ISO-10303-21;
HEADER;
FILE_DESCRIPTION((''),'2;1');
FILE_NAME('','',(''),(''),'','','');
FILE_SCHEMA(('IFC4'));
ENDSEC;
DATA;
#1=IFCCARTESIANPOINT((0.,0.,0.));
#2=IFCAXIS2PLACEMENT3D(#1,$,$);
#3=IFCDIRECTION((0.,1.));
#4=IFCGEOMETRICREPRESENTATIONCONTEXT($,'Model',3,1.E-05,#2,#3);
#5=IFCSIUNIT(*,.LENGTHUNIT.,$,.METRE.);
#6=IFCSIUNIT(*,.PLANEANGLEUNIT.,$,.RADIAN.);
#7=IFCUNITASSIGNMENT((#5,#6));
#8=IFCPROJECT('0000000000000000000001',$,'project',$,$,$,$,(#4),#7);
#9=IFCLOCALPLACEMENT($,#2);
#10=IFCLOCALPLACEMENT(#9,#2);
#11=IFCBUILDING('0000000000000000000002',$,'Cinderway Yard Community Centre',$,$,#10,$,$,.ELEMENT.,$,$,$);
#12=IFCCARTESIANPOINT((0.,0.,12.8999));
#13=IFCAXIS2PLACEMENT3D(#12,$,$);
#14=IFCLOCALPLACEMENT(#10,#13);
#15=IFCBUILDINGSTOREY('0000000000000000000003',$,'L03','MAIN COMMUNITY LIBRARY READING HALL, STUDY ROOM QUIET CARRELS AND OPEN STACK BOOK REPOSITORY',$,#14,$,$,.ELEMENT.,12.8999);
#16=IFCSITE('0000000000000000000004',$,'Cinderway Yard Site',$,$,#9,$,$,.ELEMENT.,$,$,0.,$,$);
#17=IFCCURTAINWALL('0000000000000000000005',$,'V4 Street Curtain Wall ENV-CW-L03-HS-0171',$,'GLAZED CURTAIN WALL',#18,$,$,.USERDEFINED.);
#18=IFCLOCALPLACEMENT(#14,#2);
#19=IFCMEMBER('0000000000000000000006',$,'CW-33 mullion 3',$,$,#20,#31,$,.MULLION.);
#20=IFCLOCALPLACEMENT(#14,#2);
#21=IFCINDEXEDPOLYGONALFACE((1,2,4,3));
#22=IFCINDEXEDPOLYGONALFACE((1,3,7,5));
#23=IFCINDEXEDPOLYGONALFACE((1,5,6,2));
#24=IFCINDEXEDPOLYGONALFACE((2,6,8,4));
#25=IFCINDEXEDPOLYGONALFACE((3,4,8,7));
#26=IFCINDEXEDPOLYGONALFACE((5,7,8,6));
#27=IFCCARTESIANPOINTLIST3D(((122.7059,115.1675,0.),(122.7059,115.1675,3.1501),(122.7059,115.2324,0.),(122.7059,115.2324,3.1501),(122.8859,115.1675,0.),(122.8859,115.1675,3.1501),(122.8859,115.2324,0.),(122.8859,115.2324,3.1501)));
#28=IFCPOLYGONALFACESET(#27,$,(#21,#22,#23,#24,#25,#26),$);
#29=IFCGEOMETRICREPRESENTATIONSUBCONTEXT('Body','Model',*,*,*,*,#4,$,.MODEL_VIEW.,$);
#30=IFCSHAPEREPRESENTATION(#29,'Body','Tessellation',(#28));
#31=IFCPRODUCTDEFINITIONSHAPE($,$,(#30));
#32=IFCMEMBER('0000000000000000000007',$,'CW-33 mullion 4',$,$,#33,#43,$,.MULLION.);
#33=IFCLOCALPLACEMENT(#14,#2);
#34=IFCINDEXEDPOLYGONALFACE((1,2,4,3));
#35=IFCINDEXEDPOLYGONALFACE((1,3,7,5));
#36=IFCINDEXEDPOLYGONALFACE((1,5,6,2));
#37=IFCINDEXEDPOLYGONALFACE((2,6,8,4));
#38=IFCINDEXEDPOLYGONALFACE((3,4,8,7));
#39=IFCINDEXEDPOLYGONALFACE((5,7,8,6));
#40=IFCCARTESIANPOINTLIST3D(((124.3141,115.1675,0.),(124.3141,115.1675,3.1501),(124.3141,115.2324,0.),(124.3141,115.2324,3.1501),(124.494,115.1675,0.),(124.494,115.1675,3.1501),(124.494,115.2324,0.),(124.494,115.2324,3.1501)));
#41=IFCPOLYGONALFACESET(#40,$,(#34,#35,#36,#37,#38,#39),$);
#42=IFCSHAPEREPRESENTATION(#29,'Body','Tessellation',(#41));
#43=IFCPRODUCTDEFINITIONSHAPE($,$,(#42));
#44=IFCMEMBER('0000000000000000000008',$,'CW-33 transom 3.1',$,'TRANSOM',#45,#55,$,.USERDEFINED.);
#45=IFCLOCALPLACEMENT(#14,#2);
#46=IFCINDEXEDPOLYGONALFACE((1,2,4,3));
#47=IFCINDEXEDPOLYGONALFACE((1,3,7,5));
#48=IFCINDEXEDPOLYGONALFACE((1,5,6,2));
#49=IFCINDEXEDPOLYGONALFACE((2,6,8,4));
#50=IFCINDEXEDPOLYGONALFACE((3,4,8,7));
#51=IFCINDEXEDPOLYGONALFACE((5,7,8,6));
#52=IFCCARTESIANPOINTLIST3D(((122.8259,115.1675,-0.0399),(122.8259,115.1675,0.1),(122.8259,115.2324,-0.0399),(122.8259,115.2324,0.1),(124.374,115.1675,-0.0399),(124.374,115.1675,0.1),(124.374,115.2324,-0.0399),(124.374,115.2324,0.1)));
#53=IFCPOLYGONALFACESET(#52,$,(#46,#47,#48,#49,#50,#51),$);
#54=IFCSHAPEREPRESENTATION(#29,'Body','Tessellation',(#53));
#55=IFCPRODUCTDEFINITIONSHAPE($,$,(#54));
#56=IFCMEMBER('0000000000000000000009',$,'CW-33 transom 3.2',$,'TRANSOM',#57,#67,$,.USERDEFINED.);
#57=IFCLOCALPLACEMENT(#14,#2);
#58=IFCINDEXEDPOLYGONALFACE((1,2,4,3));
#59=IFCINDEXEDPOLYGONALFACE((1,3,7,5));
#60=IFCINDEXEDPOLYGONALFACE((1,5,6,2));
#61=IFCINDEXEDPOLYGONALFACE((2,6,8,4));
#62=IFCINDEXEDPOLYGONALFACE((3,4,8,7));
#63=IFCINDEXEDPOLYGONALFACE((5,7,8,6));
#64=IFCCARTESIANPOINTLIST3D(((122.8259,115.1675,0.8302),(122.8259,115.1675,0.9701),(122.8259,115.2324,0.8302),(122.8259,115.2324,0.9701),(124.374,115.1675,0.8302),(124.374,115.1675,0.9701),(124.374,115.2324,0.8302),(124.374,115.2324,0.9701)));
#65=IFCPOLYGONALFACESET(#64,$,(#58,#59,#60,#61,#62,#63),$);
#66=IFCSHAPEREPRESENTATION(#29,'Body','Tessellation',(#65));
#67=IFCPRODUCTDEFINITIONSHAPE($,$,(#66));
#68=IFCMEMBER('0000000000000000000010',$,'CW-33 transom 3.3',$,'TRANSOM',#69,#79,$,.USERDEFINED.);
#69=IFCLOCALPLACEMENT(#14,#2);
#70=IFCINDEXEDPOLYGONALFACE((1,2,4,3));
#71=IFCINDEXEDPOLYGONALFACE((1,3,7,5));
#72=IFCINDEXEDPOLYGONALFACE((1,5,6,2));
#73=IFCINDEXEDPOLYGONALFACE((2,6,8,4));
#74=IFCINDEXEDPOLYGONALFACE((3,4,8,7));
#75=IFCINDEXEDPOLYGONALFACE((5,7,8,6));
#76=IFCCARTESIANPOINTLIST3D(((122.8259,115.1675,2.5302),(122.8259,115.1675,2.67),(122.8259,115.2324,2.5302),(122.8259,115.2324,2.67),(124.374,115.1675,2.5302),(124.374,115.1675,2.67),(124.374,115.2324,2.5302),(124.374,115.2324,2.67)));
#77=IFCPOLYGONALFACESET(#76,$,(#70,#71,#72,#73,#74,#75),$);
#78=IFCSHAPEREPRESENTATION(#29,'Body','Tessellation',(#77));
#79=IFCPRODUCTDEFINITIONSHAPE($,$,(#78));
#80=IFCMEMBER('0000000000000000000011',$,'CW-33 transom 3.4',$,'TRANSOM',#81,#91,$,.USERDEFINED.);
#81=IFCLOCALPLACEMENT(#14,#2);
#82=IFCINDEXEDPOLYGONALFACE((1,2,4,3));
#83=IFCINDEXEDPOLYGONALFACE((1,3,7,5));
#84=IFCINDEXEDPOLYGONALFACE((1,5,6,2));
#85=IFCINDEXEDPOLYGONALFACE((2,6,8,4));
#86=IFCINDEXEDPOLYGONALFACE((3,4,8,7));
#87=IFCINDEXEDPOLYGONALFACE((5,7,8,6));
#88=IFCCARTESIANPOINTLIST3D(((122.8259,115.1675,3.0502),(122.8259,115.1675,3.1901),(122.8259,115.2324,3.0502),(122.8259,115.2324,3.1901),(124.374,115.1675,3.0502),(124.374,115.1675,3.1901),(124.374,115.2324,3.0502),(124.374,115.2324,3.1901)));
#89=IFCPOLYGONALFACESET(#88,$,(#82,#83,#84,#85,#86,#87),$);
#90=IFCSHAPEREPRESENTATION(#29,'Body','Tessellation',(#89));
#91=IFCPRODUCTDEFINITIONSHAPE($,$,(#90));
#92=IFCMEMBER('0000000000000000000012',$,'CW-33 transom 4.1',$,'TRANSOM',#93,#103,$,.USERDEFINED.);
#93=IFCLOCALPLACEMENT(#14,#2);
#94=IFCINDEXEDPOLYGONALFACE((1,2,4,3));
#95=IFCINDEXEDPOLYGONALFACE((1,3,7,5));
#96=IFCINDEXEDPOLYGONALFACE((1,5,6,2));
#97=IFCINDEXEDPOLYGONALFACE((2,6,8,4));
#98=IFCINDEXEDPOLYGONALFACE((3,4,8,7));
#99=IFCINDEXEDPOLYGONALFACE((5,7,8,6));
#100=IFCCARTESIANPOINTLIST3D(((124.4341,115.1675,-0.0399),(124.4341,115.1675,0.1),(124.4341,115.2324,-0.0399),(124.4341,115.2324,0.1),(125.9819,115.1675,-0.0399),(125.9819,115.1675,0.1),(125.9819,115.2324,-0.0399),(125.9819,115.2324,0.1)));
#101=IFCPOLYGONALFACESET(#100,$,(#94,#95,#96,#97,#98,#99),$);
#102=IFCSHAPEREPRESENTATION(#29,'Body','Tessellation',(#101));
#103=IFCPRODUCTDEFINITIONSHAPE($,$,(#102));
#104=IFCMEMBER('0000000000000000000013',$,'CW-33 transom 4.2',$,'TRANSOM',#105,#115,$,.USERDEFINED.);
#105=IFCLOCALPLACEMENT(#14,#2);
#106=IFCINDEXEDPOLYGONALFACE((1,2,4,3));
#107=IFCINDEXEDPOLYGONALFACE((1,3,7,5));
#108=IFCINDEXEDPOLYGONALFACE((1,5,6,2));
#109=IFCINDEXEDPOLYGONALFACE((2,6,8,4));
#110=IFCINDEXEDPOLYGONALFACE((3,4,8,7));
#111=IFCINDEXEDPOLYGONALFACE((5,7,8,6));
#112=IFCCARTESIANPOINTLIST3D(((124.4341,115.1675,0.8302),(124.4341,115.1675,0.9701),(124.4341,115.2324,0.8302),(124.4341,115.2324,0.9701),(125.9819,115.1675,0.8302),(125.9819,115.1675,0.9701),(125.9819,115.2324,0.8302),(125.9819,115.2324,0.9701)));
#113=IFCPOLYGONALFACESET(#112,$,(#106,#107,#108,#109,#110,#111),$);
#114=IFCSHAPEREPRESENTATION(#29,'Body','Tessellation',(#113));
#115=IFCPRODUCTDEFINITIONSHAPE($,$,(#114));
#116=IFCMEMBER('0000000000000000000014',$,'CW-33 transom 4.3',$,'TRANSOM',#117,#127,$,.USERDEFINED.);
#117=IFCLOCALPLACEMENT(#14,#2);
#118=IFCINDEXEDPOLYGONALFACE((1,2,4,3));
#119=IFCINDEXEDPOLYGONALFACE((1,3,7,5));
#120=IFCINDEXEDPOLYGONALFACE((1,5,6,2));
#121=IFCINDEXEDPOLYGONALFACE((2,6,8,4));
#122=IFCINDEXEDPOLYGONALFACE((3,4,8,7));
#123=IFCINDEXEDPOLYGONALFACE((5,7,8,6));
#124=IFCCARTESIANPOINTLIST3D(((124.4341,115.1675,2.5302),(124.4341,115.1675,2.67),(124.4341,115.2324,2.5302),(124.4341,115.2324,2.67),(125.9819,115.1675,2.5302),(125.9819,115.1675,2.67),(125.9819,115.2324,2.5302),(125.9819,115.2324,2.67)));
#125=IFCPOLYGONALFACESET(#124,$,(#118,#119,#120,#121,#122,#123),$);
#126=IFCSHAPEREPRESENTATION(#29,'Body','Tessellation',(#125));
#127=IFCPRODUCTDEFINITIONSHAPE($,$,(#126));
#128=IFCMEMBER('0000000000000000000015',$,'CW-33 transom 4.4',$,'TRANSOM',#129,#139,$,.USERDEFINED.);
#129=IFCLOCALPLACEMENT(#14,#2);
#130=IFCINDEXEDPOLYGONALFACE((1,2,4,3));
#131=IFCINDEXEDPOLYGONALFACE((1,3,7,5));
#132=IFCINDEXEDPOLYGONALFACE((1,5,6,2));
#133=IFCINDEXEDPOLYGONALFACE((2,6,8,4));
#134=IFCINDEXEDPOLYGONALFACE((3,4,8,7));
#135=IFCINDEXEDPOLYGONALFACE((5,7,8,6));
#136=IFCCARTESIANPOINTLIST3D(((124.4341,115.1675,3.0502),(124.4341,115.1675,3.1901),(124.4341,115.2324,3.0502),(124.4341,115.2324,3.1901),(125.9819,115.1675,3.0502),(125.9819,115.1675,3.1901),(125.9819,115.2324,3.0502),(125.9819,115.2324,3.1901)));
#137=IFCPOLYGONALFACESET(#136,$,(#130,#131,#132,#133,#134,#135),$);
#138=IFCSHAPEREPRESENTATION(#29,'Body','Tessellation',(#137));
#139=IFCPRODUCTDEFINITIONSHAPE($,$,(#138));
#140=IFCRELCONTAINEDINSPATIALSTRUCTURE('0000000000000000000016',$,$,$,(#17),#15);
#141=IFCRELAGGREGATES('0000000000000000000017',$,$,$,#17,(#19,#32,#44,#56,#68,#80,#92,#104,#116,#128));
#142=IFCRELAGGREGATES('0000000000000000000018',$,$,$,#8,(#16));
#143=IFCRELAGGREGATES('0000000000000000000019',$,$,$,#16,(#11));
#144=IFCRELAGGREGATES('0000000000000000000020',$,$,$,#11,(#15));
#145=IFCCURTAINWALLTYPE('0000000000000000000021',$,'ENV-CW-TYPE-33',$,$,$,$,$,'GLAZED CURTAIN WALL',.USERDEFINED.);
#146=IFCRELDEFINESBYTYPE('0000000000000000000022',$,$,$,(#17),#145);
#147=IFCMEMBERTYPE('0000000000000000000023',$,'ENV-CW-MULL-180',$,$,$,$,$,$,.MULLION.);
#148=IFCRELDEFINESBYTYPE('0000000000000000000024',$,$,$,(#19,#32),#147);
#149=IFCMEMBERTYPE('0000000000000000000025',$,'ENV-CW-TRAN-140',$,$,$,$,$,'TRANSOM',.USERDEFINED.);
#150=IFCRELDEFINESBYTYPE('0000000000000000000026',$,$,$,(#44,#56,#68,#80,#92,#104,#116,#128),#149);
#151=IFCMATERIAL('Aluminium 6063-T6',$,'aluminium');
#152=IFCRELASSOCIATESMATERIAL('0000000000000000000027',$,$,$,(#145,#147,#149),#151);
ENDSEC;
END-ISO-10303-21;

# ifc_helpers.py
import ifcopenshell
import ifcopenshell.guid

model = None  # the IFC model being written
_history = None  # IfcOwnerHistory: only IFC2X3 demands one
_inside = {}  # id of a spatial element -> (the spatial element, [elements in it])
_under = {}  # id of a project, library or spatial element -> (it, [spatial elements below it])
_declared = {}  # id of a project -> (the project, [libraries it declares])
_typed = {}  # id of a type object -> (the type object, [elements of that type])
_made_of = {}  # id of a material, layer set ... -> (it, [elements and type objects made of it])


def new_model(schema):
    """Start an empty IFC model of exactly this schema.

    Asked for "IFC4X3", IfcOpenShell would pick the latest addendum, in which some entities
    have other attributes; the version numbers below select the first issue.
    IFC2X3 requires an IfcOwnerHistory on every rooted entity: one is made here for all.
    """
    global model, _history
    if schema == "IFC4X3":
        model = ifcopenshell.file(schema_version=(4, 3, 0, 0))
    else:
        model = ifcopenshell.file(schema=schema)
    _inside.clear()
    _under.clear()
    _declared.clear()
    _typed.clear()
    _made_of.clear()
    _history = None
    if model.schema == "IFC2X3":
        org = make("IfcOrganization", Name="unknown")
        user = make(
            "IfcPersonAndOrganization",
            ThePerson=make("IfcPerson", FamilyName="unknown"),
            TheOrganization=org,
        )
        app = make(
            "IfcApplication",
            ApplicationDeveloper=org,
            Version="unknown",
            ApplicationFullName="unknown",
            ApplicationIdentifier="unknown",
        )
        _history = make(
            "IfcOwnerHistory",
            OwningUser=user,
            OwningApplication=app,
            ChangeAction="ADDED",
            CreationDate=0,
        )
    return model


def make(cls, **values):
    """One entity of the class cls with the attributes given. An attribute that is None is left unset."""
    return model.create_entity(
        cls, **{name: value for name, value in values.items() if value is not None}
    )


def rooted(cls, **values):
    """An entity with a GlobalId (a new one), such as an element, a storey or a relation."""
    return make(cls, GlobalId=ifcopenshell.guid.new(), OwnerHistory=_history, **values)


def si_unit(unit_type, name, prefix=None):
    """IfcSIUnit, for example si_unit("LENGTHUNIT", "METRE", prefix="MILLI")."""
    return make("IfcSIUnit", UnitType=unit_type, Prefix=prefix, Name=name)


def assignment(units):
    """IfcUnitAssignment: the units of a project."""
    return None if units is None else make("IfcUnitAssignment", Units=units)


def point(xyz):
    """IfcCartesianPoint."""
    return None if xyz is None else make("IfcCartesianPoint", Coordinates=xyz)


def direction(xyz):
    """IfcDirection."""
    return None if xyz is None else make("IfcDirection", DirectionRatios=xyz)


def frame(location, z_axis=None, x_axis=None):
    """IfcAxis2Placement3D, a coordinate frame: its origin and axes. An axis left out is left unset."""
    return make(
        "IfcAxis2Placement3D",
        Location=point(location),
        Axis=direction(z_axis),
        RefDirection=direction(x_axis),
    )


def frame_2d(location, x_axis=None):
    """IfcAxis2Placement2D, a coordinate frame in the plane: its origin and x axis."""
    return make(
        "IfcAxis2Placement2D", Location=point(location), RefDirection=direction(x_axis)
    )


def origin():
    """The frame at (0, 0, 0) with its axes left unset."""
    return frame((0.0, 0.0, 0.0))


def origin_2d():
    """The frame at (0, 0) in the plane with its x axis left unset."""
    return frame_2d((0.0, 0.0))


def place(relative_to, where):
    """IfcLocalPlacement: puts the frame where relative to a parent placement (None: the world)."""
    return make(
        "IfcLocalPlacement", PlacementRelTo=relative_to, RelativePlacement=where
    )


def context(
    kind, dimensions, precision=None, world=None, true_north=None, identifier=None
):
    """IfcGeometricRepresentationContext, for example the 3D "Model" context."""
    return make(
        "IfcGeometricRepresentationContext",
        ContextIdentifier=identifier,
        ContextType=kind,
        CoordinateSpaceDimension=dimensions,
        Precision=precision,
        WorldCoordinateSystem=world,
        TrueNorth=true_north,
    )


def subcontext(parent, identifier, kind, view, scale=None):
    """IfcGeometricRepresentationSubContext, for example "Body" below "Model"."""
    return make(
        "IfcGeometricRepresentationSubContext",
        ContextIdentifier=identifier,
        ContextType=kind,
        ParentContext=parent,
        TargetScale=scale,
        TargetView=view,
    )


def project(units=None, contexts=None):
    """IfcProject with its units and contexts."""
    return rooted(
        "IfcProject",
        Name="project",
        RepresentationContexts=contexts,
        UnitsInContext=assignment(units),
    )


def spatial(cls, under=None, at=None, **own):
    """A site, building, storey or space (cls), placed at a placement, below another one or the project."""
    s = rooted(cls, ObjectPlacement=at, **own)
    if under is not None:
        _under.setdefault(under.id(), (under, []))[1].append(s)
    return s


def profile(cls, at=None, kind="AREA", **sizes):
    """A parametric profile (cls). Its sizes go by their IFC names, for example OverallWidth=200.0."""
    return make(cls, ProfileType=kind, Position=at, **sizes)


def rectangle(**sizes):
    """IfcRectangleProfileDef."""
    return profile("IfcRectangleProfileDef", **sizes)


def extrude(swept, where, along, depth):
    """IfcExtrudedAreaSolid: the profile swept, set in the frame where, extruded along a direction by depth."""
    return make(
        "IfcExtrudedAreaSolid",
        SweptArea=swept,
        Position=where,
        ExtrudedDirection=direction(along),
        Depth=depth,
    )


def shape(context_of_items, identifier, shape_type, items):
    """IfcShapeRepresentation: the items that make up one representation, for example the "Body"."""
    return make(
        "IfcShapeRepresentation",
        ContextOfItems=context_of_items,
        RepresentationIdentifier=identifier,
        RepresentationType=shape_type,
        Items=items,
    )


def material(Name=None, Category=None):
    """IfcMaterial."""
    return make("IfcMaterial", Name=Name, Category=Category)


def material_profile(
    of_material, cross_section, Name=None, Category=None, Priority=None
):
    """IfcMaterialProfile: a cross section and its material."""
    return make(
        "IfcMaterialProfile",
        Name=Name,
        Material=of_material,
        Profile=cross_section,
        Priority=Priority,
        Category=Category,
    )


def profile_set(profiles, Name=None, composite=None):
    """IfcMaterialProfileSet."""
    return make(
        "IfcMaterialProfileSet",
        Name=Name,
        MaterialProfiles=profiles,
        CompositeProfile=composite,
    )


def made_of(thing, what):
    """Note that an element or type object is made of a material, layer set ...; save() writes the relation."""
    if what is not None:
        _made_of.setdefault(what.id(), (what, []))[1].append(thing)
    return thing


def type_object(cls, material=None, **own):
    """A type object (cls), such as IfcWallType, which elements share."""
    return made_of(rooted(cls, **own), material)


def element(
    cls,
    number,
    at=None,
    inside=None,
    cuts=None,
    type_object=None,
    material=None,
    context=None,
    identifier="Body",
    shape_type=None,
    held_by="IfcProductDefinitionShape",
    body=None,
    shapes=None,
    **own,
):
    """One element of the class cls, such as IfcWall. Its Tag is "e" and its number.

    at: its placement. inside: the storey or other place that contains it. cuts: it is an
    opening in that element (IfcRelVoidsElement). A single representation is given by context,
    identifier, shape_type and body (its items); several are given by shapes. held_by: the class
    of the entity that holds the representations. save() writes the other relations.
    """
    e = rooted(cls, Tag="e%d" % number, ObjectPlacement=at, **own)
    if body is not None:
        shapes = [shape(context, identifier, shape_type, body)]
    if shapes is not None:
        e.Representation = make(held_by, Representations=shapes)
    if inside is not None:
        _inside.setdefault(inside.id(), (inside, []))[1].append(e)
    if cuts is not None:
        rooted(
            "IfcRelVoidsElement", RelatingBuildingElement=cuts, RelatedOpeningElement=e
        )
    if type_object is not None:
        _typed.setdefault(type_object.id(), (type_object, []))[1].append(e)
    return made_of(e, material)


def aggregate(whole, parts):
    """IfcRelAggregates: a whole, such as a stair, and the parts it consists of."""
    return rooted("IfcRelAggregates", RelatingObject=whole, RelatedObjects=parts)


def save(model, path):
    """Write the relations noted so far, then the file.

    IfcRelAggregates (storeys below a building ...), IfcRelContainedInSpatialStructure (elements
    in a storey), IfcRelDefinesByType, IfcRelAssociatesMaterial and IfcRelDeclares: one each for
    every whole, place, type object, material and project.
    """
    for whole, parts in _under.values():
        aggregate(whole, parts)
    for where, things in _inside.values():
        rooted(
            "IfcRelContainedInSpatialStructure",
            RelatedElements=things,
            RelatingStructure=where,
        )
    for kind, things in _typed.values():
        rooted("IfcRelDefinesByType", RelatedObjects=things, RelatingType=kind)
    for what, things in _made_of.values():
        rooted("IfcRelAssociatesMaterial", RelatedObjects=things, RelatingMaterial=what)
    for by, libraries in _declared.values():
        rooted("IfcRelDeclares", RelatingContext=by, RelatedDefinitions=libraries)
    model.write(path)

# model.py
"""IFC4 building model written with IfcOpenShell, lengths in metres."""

from ifc_helpers import new_model, si_unit, direction, frame, origin, origin_2d, place, context, subcontext, project, spatial, rectangle, extrude, material, material_profile, profile_set, type_object, element, aggregate, save


model = new_model("IFC4")

# Units and contexts
model_context = context("Model", 3, precision=1e-05, world=origin(), true_north=direction((0.0, 1.0)))
body_context = subcontext(model_context, "Body", "Model", "MODEL_VIEW")
ifc_project = project(units=[si_unit("LENGTHUNIT", "METRE"), si_unit("PLANEANGLEUNIT", "RADIAN")], contexts=[model_context])

# Site, building, storey
site_placement = place(None, origin())
site = spatial("IfcSite", under=ifc_project, at=site_placement, Name="Cinderway Yard Site", CompositionType="ELEMENT", RefElevation=0.0)
building_placement = place(site_placement, origin())
building = spatial("IfcBuilding", under=site, at=building_placement, Name="Cinderway Yard Community Centre", CompositionType="ELEMENT")
storey_placement = place(building_placement, frame((0.0, 0.0, 12.8999)))
storey = spatial("IfcBuildingStorey", under=building, at=storey_placement, Name="L03", Description="MAIN COMMUNITY LIBRARY READING HALL, STUDY ROOM QUIET CARRELS AND OPEN STACK BOOK REPOSITORY", CompositionType="ELEMENT", Elevation=12.8999)

# Curtain wall, members
ifc_material_1 = material(Name="Aluminium 6063-T6", Category="aluminium")
curtain_wall_type = type_object("IfcCurtainWallType", Name="ENV-CW-TYPE-33", ElementType="GLAZED CURTAIN WALL", PredefinedType="USERDEFINED", material=ifc_material_1)
curtain_wall_placement = place(storey_placement, origin())
curtain_wall = element("IfcCurtainWall", 1, at=curtain_wall_placement, inside=storey, type_object=curtain_wall_type, Name="V4 Street Curtain Wall ENV-CW-L03-HS-0171", ObjectType="GLAZED CURTAIN WALL", PredefinedType="USERDEFINED")
ifc_material_profile_1 = material_profile(ifc_material_1, rectangle(XDim=0.0649, YDim=0.1799, at=origin_2d()), Name="Aluminium 6063-T6")
ifc_profile_set_1 = profile_set([ifc_material_profile_1], Name="Aluminium 6063-T6")
member_type_1 = type_object("IfcMemberType", Name="ENV-CW-MULL-180", PredefinedType="MULLION", material=ifc_profile_set_1)
member_1_placement = place(storey_placement, frame((122.7959, 115.2, 0.0), z_axis=(0.0, 0.0, 1.0), x_axis=(0.0, 1.0, 0.0)))
member_1 = element("IfcMember", 2, at=member_1_placement, type_object=member_type_1, Name="CW-33 mullion 3", PredefinedType="MULLION", context=body_context, shape_type="SweptSolid", body=[
    extrude(rectangle(XDim=0.0649, YDim=0.1799, at=origin_2d()), origin(), (0.0, 0.0, 1.0), 3.1501),
])
member_2_placement = place(storey_placement, frame((124.4041, 115.2, 0.0), z_axis=(0.0, 0.0, 1.0), x_axis=(0.0, 1.0, 0.0)))
member_2 = element("IfcMember", 3, at=member_2_placement, type_object=member_type_1, Name="CW-33 mullion 4", PredefinedType="MULLION", context=body_context, shape_type="SweptSolid", body=[
    extrude(rectangle(XDim=0.0649, YDim=0.1799, at=origin_2d()), origin(), (0.0, 0.0, 1.0), 3.1501),
])
ifc_material_profile_2 = material_profile(ifc_material_1, rectangle(XDim=0.0649, YDim=0.1399, at=origin_2d()), Name="Aluminium 6063-T6")
ifc_profile_set_2 = profile_set([ifc_material_profile_2], Name="Aluminium 6063-T6")
member_type_2 = type_object("IfcMemberType", Name="ENV-CW-TRAN-140", ElementType="TRANSOM", PredefinedType="USERDEFINED", material=ifc_profile_set_2)
member_3_placement = place(storey_placement, frame((122.8259, 115.2, 0.03), z_axis=(1.0, 0.0, 0.0), x_axis=(0.0, 1.0, 0.0)))
member_3 = element("IfcMember", 4, at=member_3_placement, type_object=member_type_2, Name="CW-33 transom 3.1", ObjectType="TRANSOM", PredefinedType="USERDEFINED", context=body_context, shape_type="SweptSolid", body=[
    extrude(rectangle(XDim=0.0649, YDim=0.1399, at=origin_2d()), origin(), (0.0, 0.0, 1.0), 1.5481),
])
member_4_placement = place(storey_placement, frame((122.8259, 115.2, 0.9001), z_axis=(1.0, 0.0, 0.0), x_axis=(0.0, 1.0, 0.0)))
member_4 = element("IfcMember", 5, at=member_4_placement, type_object=member_type_2, Name="CW-33 transom 3.2", ObjectType="TRANSOM", PredefinedType="USERDEFINED", context=body_context, shape_type="SweptSolid", body=[
    extrude(rectangle(XDim=0.0649, YDim=0.1399, at=origin_2d()), origin(), (0.0, 0.0, 1.0), 1.5481),
])
member_5_placement = place(storey_placement, frame((122.8259, 115.2, 2.6001), z_axis=(1.0, 0.0, 0.0), x_axis=(0.0, 1.0, 0.0)))
member_5 = element("IfcMember", 6, at=member_5_placement, type_object=member_type_2, Name="CW-33 transom 3.3", ObjectType="TRANSOM", PredefinedType="USERDEFINED", context=body_context, shape_type="SweptSolid", body=[
    extrude(rectangle(XDim=0.0649, YDim=0.1399, at=origin_2d()), origin(), (0.0, 0.0, 1.0), 1.5481),
])
member_6_placement = place(storey_placement, frame((122.8259, 115.2, 3.1201), z_axis=(1.0, 0.0, 0.0), x_axis=(0.0, 1.0, 0.0)))
member_6 = element("IfcMember", 7, at=member_6_placement, type_object=member_type_2, Name="CW-33 transom 3.4", ObjectType="TRANSOM", PredefinedType="USERDEFINED", context=body_context, shape_type="SweptSolid", body=[
    extrude(rectangle(XDim=0.0649, YDim=0.1399, at=origin_2d()), origin(), (0.0, 0.0, 1.0), 1.5481),
])
member_7_placement = place(storey_placement, frame((124.4341, 115.2, 0.03), z_axis=(1.0, 0.0, 0.0), x_axis=(0.0, 1.0, 0.0)))
member_7 = element("IfcMember", 8, at=member_7_placement, type_object=member_type_2, Name="CW-33 transom 4.1", ObjectType="TRANSOM", PredefinedType="USERDEFINED", context=body_context, shape_type="SweptSolid", body=[
    extrude(rectangle(XDim=0.0649, YDim=0.1399, at=origin_2d()), origin(), (0.0, 0.0, 1.0), 1.5479),
])
member_8_placement = place(storey_placement, frame((124.4341, 115.2, 0.9001), z_axis=(1.0, 0.0, 0.0), x_axis=(0.0, 1.0, 0.0)))
member_8 = element("IfcMember", 9, at=member_8_placement, type_object=member_type_2, Name="CW-33 transom 4.2", ObjectType="TRANSOM", PredefinedType="USERDEFINED", context=body_context, shape_type="SweptSolid", body=[
    extrude(rectangle(XDim=0.0649, YDim=0.1399, at=origin_2d()), origin(), (0.0, 0.0, 1.0), 1.5479),
])
member_9_placement = place(storey_placement, frame((124.4341, 115.2, 2.6001), z_axis=(1.0, 0.0, 0.0), x_axis=(0.0, 1.0, 0.0)))
member_9 = element("IfcMember", 10, at=member_9_placement, type_object=member_type_2, Name="CW-33 transom 4.3", ObjectType="TRANSOM", PredefinedType="USERDEFINED", context=body_context, shape_type="SweptSolid", body=[
    extrude(rectangle(XDim=0.0649, YDim=0.1399, at=origin_2d()), origin(), (0.0, 0.0, 1.0), 1.5479),
])
member_10_placement = place(storey_placement, frame((124.4341, 115.2, 3.1201), z_axis=(1.0, 0.0, 0.0), x_axis=(0.0, 1.0, 0.0)))
member_10 = element("IfcMember", 11, at=member_10_placement, type_object=member_type_2, Name="CW-33 transom 4.4", ObjectType="TRANSOM", PredefinedType="USERDEFINED", context=body_context, shape_type="SweptSolid", body=[
    extrude(rectangle(XDim=0.0649, YDim=0.1399, at=origin_2d()), origin(), (0.0, 0.0, 1.0), 1.5479),
])

aggregate(curtain_wall, [member_1, member_2, member_3, member_4, member_5, member_6, member_7, member_8, member_9, member_10])

save(model, "model.ifc")
